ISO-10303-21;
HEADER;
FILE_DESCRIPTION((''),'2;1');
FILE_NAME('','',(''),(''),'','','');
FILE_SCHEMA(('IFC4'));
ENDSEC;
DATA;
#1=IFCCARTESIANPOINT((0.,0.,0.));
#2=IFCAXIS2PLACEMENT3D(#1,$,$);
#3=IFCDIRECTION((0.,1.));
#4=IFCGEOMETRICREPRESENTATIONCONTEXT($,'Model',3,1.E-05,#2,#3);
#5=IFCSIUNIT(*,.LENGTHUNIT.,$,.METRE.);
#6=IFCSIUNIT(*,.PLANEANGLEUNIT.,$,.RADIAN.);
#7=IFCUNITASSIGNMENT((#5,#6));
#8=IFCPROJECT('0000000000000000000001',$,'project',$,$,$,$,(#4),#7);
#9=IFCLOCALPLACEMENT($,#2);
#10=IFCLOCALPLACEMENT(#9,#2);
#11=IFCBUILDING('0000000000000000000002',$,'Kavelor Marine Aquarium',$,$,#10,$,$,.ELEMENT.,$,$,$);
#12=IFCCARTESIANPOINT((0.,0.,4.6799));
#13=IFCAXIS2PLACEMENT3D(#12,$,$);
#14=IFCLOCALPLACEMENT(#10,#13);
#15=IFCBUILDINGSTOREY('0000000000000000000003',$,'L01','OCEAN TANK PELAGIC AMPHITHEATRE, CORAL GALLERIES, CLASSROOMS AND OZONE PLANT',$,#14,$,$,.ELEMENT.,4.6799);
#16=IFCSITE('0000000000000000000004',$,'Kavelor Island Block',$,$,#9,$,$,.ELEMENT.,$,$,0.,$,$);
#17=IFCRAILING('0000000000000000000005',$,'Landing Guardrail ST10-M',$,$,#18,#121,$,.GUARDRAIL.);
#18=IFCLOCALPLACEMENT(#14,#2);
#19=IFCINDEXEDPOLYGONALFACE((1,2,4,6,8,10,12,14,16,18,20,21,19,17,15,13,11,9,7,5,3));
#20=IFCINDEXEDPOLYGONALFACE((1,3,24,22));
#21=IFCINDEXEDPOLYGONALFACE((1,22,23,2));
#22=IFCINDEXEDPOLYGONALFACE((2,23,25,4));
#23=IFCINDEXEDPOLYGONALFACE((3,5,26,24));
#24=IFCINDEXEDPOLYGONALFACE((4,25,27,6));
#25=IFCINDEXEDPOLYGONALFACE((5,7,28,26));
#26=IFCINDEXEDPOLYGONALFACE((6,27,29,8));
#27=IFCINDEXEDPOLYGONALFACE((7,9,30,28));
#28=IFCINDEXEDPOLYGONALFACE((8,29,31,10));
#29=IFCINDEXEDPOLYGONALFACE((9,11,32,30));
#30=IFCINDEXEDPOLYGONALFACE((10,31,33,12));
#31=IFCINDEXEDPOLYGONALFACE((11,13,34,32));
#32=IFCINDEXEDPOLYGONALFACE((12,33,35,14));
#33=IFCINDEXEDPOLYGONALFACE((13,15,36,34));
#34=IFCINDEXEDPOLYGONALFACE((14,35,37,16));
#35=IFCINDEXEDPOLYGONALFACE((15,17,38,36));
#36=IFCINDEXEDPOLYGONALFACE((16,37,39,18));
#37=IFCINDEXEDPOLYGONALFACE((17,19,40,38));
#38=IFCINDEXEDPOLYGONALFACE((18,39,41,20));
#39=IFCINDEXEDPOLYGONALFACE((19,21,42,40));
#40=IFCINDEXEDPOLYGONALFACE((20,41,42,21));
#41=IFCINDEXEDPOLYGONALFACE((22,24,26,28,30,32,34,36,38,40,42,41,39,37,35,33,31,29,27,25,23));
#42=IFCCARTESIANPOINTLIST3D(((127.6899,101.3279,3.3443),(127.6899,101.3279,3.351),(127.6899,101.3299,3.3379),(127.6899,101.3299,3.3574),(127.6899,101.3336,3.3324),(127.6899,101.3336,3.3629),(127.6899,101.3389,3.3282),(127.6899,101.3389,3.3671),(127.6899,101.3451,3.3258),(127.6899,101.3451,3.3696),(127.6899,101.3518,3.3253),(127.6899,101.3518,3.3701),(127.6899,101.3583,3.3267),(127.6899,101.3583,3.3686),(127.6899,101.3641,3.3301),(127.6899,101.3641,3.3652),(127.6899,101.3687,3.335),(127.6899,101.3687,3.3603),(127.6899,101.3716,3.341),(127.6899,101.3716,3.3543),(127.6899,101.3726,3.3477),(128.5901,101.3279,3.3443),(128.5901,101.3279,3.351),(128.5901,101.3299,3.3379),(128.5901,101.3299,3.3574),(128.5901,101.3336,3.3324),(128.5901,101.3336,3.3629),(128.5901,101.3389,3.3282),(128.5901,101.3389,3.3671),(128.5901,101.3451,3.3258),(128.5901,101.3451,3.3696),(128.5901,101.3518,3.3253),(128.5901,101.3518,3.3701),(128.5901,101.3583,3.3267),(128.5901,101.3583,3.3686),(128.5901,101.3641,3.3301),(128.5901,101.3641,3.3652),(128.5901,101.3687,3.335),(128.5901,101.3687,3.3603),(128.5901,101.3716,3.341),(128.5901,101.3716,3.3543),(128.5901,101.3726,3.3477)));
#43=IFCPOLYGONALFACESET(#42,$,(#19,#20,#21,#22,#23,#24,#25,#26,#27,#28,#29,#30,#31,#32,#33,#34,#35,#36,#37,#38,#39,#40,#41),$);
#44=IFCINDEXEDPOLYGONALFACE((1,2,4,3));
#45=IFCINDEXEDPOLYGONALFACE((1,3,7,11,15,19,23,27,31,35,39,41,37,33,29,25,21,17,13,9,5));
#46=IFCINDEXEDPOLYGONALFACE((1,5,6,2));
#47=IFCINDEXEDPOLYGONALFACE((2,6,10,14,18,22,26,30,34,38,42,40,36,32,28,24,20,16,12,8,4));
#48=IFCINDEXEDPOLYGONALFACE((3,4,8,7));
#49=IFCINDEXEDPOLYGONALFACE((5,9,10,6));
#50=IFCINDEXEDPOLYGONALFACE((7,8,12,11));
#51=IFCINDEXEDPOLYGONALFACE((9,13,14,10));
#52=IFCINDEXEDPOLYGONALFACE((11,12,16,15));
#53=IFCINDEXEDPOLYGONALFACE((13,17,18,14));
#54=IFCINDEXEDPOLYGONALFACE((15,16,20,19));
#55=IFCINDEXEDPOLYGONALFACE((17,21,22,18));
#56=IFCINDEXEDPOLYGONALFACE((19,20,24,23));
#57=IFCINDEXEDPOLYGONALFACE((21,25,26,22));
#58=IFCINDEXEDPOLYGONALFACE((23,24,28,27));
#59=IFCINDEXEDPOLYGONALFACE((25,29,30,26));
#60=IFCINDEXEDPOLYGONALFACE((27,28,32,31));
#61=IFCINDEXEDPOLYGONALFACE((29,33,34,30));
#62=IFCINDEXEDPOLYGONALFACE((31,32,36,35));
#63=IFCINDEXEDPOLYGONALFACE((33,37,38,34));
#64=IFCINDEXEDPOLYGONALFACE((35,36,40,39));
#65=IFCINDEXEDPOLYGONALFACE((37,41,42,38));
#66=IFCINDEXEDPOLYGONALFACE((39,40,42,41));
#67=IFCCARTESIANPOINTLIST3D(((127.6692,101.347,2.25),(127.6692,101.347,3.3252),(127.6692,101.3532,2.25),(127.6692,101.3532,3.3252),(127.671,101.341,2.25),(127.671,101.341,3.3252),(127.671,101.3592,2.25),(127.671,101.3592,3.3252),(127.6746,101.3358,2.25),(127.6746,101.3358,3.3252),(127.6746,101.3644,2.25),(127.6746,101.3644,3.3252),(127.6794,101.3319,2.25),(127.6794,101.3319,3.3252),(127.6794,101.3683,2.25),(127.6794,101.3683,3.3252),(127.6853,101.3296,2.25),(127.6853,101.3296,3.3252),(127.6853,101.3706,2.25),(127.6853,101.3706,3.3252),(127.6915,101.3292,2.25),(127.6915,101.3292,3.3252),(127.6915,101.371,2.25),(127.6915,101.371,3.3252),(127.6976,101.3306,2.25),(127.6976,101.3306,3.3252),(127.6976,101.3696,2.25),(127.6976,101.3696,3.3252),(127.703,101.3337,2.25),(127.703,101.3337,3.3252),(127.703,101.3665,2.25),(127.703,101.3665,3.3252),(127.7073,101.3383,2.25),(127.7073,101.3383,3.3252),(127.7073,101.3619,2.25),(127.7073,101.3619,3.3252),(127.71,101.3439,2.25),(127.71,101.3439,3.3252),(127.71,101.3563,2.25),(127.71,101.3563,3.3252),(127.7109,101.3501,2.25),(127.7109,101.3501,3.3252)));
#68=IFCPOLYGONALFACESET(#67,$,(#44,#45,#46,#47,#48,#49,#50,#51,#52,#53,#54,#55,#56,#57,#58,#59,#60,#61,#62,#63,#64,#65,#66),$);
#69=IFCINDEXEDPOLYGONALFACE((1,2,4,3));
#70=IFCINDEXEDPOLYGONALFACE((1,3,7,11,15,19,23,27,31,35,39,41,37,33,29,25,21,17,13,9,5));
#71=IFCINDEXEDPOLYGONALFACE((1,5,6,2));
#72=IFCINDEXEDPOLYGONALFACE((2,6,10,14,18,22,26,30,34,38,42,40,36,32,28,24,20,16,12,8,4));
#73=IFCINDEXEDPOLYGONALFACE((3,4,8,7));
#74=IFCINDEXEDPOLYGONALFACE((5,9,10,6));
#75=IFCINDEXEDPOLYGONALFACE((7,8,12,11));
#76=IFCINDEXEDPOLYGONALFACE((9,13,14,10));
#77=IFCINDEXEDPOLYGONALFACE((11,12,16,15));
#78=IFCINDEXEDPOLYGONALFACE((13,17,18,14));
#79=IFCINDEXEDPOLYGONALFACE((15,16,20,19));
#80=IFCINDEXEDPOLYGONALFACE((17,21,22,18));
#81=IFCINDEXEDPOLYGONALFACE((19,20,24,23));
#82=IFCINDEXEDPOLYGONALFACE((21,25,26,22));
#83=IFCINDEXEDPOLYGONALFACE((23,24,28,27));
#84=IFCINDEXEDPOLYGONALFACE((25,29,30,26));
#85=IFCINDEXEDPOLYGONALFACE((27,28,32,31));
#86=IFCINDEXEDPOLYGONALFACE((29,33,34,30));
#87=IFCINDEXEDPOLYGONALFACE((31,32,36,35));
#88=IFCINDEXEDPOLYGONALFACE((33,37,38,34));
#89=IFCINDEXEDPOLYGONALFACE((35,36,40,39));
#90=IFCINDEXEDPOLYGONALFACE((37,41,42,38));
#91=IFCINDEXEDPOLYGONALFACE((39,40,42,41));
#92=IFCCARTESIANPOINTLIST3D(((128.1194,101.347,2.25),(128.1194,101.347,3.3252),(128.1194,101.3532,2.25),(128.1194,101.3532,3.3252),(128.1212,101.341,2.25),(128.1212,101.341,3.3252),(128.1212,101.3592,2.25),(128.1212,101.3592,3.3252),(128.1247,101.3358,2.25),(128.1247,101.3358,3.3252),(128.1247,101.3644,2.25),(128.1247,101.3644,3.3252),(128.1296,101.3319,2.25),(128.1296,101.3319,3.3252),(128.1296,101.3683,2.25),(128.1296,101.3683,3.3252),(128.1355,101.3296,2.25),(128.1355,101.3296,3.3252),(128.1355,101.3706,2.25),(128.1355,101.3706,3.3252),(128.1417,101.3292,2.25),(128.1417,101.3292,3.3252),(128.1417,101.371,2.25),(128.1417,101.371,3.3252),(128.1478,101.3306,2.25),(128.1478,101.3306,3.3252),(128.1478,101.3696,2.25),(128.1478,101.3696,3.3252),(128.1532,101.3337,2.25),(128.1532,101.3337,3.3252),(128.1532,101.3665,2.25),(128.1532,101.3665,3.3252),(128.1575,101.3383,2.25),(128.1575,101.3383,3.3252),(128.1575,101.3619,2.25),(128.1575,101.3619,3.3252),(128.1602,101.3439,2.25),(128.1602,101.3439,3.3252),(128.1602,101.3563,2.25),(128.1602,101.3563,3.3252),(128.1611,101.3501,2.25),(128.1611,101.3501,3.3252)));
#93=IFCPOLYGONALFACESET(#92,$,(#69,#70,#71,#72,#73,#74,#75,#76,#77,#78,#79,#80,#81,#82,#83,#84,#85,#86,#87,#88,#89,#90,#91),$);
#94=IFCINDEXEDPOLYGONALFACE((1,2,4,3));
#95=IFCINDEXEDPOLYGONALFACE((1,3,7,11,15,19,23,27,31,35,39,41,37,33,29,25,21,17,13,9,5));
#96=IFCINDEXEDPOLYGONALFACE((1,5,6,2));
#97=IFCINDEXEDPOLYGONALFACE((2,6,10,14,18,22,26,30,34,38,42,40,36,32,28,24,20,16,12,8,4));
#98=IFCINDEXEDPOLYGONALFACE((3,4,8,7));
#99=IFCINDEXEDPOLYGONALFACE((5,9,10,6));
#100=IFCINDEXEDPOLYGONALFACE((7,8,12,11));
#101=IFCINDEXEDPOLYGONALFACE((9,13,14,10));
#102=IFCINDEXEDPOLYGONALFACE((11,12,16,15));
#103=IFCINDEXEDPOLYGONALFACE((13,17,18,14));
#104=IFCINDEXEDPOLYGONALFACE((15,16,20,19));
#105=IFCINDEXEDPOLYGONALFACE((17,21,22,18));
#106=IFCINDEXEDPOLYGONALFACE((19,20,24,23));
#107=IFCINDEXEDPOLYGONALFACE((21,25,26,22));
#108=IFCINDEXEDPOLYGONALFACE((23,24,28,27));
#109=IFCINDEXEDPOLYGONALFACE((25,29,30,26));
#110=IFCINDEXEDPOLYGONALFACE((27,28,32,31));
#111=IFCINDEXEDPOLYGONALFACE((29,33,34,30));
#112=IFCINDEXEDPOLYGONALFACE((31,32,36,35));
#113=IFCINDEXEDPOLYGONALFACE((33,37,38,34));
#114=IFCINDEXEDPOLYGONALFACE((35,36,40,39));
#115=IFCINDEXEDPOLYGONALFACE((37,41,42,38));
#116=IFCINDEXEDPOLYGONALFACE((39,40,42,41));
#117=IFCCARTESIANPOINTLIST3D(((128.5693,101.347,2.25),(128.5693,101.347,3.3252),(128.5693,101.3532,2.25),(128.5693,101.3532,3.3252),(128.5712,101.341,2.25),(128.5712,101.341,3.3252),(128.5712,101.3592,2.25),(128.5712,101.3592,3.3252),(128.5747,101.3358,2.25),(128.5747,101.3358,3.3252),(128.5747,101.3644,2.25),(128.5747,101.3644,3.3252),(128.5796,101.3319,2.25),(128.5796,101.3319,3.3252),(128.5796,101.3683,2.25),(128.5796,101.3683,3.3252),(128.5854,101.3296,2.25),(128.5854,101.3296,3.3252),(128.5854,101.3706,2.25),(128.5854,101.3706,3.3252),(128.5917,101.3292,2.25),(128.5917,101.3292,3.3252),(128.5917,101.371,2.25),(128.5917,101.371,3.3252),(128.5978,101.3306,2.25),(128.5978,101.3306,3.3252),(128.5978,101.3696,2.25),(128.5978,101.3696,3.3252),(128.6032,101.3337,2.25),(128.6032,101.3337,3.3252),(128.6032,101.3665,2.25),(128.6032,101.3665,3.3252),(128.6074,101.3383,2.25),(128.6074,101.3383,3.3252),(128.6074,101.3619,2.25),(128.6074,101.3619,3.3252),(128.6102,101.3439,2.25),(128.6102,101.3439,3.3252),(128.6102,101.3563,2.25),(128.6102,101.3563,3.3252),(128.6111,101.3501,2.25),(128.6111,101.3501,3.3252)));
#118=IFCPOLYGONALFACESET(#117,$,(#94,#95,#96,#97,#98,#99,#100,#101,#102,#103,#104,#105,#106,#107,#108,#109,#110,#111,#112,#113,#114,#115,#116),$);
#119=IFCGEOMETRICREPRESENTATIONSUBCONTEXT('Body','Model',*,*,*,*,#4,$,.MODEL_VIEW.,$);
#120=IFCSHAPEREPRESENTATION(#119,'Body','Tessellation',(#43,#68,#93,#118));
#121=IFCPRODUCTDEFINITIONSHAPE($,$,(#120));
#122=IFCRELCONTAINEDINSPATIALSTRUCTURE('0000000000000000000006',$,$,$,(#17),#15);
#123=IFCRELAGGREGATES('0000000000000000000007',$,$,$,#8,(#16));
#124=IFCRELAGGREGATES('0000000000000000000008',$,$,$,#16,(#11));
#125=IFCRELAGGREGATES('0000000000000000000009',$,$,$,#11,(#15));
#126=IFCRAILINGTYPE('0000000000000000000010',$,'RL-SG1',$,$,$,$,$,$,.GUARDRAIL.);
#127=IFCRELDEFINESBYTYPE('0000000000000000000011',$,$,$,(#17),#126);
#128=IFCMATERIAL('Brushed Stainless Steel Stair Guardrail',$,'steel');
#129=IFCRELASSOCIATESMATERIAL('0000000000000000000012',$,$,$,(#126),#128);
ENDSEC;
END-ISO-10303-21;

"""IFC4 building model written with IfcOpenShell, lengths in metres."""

from ifc_helpers import new_model, si_unit, direction, frame, origin, origin_2d, place, context, subcontext, project, spatial, circle, extrude, material, type_object, element, save


model = new_model("IFC4")

# Units and contexts
model_context = context("Model", 3, precision=1e-05, world=origin(), true_north=direction((0.0, 1.0)))
body_context = subcontext(model_context, "Body", "Model", "MODEL_VIEW")
ifc_project = project(units=[si_unit("LENGTHUNIT", "METRE"), si_unit("PLANEANGLEUNIT", "RADIAN")], contexts=[model_context])

# Site, building, storey
site_placement = place(None, origin())
site = spatial("IfcSite", under=ifc_project, at=site_placement, Name="Kavelor Island Block", CompositionType="ELEMENT", RefElevation=0.0)
building_placement = place(site_placement, origin())
building = spatial("IfcBuilding", under=site, at=building_placement, Name="Kavelor Marine Aquarium", CompositionType="ELEMENT")
storey_placement = place(building_placement, frame((0.0, 0.0, 4.6799)))
storey = spatial("IfcBuildingStorey", under=building, at=storey_placement, Name="L01", Description="OCEAN TANK PELAGIC AMPHITHEATRE, CORAL GALLERIES, CLASSROOMS AND OZONE PLANT", CompositionType="ELEMENT", Elevation=4.6799)

# Railing
ifc_material_1 = material(Name="Brushed Stainless Steel Stair Guardrail", Category="steel")
railing_type_1 = type_object("IfcRailingType", Name="RL-SG1", PredefinedType="GUARDRAIL", material=ifc_material_1)
railing_1_placement = place(storey_placement, frame((127.6899, 101.3501, 2.25)))
element("IfcRailing", 1, at=railing_1_placement, inside=storey, type_object=railing_type_1, Name="Landing Guardrail ST10-M", PredefinedType="GUARDRAIL", context=body_context, shape_type="SweptSolid", body=[
    extrude(circle(Radius=0.0225, at=origin_2d()), frame((0.0, 0.0, 1.0977), z_axis=(1.0, 0.0, 0.0), x_axis=(0.0, 1.0, 0.0)), (0.0, 0.0, 1.0), 0.9001),
    extrude(circle(Radius=0.021, at=origin_2d()), origin(), (0.0, 0.0, 1.0), 1.0752),
    extrude(circle(Radius=0.021, at=origin_2d()), frame((0.4502, 0.0, 0.0)), (0.0, 0.0, 1.0), 1.0752),
    extrude(circle(Radius=0.021, at=origin_2d()), frame((0.9001, 0.0, 0.0)), (0.0, 0.0, 1.0), 1.0752),
])

save(model, "model.ifc")
